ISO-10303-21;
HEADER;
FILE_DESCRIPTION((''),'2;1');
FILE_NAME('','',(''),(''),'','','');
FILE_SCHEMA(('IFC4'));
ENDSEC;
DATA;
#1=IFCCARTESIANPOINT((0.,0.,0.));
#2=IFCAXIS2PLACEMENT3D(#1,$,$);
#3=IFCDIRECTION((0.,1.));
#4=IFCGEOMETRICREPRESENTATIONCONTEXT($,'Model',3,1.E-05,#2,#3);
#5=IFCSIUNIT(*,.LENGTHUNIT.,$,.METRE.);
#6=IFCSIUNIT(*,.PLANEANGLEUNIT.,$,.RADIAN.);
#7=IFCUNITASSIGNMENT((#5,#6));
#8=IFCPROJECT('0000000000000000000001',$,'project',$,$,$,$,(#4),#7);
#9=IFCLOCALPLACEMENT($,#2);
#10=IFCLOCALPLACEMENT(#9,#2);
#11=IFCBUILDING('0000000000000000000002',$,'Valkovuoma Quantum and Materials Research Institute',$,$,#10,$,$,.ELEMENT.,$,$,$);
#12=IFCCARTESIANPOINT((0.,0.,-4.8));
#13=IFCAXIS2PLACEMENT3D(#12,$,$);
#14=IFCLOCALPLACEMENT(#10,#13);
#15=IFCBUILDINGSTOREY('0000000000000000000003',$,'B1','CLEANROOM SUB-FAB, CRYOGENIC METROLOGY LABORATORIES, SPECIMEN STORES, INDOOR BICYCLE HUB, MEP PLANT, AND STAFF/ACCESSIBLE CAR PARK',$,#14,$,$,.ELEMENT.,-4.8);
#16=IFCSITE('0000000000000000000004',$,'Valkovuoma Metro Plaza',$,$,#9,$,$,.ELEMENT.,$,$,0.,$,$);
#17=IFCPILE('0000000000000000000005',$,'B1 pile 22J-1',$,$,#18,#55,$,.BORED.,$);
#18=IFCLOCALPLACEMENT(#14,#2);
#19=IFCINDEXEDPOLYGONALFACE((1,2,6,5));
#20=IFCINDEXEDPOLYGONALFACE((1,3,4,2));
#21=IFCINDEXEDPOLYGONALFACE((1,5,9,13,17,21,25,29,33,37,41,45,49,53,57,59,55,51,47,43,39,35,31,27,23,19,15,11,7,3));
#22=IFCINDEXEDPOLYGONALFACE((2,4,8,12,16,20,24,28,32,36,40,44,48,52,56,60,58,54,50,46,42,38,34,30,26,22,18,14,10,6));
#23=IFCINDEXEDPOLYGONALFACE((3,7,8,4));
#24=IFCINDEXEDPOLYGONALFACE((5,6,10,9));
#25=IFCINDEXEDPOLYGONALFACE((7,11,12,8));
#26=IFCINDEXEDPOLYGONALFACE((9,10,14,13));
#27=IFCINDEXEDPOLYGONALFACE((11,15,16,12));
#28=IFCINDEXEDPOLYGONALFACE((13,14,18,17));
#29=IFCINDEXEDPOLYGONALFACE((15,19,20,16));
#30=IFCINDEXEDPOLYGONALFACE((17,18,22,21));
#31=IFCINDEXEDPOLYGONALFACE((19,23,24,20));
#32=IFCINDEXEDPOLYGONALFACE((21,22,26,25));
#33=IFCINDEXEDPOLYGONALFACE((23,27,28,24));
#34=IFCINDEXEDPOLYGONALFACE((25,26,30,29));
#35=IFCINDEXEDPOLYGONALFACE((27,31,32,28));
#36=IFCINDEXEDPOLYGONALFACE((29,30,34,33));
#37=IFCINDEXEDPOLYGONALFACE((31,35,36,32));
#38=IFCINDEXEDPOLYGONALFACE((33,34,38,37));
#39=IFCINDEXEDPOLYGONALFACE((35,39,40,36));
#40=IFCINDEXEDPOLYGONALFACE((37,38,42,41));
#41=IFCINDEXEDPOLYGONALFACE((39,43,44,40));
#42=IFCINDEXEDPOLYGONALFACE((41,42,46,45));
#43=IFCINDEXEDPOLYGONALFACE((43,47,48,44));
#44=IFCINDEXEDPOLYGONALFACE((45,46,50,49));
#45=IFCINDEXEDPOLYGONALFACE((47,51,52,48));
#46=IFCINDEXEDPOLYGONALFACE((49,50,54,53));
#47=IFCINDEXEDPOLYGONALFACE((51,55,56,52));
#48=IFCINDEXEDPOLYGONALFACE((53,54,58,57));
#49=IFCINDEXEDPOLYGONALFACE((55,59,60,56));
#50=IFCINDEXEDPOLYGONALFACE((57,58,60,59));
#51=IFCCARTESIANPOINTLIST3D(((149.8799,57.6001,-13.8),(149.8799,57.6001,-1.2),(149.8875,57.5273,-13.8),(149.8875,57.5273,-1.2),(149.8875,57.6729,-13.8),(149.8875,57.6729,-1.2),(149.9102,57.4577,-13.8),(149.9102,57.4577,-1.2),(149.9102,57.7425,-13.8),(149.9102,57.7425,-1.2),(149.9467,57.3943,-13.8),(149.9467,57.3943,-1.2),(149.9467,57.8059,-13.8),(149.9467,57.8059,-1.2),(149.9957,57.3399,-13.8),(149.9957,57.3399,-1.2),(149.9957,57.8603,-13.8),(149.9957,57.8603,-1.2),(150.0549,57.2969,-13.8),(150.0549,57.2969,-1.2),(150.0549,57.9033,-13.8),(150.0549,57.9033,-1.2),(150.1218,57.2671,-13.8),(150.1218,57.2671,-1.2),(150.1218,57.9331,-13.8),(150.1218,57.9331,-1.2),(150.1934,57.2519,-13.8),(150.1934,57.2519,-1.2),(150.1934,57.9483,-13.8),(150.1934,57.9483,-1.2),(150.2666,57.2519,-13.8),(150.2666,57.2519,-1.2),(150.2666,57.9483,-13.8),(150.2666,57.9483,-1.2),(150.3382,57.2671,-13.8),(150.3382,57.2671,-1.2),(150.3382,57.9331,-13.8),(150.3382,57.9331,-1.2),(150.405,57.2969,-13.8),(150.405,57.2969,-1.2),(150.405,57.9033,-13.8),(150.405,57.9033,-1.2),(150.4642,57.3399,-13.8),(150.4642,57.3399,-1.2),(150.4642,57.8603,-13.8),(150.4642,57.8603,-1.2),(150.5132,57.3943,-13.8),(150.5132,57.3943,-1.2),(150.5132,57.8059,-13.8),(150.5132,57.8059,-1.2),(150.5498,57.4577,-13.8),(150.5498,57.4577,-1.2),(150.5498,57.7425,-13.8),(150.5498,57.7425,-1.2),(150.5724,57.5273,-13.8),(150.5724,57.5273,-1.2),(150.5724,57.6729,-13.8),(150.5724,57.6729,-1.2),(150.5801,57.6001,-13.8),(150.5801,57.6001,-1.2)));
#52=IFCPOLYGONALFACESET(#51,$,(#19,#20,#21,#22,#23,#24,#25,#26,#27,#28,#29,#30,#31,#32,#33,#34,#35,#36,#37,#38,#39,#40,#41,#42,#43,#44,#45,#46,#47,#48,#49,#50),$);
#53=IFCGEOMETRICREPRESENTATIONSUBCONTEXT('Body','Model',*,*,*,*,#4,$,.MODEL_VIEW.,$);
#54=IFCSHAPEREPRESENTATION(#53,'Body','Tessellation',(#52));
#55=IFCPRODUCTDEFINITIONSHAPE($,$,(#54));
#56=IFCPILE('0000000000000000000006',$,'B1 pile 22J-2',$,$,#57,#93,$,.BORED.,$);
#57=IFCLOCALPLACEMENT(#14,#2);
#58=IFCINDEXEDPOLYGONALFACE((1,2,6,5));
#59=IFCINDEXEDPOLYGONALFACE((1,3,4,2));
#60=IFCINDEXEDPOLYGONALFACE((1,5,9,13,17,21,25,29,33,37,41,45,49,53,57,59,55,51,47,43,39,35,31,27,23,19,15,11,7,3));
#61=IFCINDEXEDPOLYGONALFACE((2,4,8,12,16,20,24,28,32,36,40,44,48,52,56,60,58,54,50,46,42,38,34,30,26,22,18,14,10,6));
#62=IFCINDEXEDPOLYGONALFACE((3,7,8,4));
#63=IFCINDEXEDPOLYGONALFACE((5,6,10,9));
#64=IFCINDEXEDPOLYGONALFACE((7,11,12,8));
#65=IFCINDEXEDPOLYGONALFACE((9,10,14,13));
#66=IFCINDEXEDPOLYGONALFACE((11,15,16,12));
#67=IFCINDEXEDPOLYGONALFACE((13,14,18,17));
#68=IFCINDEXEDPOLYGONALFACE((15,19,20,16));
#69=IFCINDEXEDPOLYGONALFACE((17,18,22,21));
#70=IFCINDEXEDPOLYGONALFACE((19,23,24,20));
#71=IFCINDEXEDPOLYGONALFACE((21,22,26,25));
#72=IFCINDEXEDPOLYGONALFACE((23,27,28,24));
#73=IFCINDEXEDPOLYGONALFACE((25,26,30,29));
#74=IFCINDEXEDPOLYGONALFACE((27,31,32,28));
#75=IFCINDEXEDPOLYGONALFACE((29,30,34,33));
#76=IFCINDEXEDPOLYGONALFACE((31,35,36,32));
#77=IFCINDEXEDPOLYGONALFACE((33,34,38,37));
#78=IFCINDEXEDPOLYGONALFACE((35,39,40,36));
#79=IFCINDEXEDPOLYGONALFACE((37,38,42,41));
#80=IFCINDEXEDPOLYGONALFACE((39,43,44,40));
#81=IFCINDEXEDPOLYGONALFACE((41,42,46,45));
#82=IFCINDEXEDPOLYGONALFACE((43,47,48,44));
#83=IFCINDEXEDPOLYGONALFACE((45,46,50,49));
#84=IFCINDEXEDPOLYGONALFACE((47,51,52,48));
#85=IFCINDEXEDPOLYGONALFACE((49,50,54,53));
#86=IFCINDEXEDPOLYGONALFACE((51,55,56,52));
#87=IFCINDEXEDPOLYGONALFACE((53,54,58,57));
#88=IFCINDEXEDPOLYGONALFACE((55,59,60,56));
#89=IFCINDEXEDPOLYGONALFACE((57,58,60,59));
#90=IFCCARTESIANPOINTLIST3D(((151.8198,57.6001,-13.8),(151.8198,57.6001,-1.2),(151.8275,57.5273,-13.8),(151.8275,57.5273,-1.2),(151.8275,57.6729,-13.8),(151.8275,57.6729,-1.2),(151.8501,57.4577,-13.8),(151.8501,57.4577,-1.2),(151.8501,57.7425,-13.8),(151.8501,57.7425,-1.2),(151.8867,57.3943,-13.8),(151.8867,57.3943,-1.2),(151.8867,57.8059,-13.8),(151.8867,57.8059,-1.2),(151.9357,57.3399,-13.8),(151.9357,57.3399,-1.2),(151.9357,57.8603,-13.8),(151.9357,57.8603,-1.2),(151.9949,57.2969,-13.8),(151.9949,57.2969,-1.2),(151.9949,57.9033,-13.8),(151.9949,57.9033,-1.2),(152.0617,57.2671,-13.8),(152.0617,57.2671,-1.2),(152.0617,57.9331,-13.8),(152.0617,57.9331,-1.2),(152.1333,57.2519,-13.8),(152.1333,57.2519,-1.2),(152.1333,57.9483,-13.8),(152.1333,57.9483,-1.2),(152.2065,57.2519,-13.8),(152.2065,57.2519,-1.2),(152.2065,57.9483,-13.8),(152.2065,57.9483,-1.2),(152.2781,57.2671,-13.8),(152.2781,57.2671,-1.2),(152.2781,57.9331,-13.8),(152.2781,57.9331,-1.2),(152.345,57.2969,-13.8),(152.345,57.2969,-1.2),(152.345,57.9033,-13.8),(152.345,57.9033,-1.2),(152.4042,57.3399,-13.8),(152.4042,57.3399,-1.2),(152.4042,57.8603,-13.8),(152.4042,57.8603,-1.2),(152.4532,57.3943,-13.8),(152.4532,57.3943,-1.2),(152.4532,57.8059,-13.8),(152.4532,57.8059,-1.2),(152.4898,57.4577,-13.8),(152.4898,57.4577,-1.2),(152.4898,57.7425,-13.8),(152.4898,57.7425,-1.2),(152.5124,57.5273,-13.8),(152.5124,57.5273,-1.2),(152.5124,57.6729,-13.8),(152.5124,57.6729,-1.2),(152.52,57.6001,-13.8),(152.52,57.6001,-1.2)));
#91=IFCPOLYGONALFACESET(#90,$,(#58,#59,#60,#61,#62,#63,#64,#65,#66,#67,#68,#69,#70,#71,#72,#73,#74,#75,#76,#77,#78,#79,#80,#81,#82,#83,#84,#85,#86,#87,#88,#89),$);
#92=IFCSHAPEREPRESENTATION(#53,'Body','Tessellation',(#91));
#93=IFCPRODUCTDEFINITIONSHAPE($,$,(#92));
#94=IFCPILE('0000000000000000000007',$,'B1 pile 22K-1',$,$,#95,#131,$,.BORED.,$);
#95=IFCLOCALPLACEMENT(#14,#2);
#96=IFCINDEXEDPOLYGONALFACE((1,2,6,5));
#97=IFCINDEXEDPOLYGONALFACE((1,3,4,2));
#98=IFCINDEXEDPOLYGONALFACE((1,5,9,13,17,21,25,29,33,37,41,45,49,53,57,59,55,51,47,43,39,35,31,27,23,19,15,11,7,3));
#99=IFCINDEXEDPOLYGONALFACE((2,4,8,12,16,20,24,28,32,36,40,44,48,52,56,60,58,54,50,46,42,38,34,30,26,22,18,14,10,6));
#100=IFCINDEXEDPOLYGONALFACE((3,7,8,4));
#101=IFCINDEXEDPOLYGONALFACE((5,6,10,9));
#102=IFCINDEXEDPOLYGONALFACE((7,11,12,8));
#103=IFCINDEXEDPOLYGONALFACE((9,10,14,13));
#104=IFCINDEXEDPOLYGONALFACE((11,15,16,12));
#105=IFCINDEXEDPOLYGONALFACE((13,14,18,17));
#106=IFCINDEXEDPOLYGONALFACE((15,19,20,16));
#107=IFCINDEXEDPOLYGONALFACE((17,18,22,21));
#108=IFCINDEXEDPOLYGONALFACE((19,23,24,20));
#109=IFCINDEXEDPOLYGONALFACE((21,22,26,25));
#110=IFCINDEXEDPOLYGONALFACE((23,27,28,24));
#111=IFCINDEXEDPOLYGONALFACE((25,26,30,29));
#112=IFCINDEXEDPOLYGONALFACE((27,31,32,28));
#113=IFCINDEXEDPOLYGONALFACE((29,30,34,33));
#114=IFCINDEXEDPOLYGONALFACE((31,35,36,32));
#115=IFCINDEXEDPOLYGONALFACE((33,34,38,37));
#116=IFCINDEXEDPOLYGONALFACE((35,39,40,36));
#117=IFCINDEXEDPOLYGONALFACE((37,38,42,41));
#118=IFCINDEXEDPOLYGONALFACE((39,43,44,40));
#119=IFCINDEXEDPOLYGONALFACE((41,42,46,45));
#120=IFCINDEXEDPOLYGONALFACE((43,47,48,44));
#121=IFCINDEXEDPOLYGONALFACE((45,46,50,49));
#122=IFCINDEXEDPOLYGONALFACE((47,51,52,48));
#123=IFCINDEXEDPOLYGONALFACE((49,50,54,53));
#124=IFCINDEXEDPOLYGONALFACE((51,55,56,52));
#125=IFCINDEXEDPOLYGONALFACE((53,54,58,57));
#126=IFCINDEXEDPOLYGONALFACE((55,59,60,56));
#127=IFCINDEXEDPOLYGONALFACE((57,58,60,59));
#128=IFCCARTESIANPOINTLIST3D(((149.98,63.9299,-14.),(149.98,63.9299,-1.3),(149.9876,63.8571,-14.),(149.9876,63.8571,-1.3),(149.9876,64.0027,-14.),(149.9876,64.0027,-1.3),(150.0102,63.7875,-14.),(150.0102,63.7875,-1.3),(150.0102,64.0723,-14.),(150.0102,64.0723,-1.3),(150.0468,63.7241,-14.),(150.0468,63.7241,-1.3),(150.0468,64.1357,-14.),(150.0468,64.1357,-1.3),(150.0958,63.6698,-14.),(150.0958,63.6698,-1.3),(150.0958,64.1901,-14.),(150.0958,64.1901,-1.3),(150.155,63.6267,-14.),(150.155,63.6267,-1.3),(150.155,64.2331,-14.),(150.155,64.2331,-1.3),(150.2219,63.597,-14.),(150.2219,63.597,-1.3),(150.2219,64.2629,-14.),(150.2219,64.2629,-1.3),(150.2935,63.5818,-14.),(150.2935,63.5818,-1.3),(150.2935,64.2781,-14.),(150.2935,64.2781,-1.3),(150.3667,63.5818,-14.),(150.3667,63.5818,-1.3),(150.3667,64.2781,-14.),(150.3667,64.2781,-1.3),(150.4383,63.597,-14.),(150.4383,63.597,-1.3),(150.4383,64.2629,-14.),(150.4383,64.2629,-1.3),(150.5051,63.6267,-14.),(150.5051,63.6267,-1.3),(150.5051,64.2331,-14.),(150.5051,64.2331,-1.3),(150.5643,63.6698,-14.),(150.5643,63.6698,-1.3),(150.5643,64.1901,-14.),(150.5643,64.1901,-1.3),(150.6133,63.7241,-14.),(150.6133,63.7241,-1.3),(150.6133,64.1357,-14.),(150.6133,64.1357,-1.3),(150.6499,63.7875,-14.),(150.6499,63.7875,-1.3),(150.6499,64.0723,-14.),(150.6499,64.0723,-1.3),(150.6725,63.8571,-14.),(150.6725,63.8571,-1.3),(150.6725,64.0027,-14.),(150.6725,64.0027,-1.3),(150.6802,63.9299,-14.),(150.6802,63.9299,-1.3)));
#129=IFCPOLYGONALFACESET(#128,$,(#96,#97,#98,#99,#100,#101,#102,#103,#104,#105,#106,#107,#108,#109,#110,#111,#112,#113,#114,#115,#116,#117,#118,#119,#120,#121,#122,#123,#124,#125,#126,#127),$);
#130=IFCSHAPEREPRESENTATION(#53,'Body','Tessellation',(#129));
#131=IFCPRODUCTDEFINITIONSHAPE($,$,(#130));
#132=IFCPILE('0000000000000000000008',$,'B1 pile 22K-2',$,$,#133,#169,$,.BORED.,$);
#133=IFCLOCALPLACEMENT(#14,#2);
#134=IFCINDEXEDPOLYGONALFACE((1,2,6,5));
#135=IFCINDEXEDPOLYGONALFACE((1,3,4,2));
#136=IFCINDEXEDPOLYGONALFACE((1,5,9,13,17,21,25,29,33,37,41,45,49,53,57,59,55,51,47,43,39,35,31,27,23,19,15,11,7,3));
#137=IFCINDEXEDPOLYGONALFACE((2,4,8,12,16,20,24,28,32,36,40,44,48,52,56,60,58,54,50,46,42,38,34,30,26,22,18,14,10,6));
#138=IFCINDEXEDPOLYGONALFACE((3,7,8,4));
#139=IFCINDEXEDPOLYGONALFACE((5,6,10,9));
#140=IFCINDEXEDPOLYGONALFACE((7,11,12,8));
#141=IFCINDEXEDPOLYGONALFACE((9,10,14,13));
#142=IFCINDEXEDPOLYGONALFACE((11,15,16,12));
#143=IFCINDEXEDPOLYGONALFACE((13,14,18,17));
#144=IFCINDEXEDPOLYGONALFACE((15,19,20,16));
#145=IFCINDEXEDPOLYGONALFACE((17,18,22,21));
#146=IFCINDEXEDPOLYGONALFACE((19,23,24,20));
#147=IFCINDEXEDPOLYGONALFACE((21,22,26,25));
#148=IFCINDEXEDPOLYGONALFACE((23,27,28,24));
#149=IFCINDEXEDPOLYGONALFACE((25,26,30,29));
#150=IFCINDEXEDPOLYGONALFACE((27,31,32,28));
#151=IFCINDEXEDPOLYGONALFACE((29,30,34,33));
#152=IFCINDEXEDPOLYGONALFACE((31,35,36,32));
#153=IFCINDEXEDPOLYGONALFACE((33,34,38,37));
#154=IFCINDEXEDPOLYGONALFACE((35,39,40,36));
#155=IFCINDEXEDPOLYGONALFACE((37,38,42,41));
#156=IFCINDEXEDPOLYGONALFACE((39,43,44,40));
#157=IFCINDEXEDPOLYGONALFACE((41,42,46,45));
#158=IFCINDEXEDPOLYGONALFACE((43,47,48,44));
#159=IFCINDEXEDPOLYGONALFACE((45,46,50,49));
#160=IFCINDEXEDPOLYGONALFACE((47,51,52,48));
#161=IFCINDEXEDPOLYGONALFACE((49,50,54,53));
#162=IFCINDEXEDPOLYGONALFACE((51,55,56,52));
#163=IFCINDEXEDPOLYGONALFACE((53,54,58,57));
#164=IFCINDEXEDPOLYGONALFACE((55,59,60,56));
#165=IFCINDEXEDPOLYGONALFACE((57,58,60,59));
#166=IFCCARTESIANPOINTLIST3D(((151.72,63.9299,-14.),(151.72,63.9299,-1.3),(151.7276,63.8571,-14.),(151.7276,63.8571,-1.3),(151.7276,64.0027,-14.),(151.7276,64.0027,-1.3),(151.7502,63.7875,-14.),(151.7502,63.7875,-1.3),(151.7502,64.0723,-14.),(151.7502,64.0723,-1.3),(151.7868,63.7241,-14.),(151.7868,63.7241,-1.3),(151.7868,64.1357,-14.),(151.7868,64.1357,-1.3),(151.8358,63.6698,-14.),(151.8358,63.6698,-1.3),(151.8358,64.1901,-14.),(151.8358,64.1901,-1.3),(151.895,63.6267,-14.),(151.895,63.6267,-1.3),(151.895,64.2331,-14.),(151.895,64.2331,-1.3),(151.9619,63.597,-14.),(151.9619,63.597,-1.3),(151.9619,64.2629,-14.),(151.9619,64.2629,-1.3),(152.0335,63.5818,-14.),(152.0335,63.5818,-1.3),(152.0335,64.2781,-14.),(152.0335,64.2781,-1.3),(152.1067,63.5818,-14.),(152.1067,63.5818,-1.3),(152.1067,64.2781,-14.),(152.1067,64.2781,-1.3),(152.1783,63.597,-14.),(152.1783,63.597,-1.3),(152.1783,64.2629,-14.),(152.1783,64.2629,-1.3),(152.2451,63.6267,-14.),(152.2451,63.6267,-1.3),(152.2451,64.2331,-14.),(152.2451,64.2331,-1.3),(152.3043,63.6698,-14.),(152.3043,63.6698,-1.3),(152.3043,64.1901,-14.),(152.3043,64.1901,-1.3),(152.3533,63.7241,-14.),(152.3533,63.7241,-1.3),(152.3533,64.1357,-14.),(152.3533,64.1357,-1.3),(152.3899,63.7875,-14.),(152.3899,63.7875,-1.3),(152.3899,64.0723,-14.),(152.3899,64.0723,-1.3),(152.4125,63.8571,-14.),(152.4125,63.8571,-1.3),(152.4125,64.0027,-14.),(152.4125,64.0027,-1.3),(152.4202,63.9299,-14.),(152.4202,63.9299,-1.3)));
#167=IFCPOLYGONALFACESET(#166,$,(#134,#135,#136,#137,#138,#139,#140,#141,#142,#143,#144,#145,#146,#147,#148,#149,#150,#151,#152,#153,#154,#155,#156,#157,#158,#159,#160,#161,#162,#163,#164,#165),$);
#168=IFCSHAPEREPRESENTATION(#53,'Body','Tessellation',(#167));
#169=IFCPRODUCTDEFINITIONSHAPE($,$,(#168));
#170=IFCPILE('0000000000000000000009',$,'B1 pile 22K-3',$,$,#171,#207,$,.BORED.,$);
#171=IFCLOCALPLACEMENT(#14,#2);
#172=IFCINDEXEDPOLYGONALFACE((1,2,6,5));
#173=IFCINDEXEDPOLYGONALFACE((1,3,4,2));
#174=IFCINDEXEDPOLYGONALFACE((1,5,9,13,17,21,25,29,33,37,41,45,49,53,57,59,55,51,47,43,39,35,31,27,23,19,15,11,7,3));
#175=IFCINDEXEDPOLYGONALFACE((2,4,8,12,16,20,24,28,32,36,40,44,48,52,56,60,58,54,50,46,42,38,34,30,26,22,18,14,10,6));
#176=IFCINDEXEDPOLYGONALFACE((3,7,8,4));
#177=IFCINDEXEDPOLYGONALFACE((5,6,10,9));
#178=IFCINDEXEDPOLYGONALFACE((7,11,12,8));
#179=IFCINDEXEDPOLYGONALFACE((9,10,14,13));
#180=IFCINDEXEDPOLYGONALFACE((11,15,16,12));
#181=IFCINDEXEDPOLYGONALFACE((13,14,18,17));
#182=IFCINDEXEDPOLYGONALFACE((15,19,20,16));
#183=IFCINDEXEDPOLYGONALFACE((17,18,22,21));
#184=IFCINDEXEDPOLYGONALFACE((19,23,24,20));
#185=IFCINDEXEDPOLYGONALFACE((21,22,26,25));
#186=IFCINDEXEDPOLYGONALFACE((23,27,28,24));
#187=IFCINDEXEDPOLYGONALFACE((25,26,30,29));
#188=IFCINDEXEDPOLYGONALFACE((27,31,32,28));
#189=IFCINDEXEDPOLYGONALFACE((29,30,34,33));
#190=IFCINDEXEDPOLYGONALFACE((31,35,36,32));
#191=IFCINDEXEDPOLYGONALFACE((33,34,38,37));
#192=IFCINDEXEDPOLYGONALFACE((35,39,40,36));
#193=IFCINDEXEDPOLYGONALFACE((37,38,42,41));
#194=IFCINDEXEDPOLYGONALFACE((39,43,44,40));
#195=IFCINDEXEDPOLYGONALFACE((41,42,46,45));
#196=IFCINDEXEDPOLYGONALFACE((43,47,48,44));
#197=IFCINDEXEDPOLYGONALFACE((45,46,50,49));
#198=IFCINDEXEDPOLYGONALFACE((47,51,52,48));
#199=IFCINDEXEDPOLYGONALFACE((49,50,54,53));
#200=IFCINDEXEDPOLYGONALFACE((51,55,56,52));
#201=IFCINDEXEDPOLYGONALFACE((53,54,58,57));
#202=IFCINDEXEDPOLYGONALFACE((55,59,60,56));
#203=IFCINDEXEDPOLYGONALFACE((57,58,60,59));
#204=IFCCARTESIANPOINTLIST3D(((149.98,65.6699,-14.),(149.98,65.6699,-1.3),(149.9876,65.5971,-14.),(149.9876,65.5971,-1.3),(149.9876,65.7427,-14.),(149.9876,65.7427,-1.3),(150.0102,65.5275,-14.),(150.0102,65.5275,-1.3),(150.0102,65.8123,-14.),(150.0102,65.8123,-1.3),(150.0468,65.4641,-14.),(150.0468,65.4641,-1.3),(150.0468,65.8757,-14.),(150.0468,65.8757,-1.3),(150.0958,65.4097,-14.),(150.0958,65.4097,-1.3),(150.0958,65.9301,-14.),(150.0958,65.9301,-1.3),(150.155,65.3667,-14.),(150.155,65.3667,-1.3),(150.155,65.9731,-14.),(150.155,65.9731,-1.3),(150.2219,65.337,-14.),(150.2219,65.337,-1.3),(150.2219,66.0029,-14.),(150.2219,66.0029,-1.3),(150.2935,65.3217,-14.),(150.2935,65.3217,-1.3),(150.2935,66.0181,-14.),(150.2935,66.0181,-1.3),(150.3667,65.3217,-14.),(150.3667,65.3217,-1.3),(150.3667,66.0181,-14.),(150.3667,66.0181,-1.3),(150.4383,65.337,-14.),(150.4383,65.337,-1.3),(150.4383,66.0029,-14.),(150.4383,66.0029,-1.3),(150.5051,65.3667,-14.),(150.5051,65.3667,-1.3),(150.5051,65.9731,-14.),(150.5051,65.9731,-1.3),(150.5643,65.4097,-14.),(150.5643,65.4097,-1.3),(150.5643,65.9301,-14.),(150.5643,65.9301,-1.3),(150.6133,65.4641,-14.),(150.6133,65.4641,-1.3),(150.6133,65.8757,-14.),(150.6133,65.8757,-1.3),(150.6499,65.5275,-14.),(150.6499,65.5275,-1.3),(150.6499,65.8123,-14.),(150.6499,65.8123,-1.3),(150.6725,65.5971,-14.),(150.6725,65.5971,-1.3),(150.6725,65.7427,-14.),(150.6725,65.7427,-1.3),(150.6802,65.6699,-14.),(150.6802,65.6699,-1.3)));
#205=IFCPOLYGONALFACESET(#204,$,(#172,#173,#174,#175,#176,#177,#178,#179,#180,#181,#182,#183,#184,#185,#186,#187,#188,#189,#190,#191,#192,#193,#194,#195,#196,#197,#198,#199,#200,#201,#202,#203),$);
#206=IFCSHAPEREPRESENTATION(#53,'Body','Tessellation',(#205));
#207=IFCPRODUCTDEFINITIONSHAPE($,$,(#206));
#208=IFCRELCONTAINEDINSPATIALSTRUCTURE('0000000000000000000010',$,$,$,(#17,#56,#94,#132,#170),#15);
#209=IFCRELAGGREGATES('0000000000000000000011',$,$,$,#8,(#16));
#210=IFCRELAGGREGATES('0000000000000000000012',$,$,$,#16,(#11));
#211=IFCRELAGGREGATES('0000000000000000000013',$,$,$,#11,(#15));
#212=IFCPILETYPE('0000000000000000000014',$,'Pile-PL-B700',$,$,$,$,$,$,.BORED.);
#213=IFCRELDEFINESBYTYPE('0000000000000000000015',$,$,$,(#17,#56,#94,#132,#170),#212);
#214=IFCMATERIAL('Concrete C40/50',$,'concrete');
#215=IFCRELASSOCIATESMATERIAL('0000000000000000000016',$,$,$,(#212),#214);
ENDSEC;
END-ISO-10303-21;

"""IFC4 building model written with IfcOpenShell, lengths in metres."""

from ifc_helpers import new_model, si_unit, direction, frame, origin, origin_2d, place, context, subcontext, project, spatial, circle, extrude, material, material_profile, profile_set, type_object, element, save


model = new_model("IFC4")

# Units and contexts
model_context = context("Model", 3, precision=1e-05, world=origin(), true_north=direction((0.0, 1.0)))
body_context = subcontext(model_context, "Body", "Model", "MODEL_VIEW")
ifc_project = project(units=[si_unit("LENGTHUNIT", "METRE"), si_unit("PLANEANGLEUNIT", "RADIAN")], contexts=[model_context])

# Site, building, storey
site_placement = place(None, origin())
site = spatial("IfcSite", under=ifc_project, at=site_placement, Name="Valkovuoma Metro Plaza", CompositionType="ELEMENT", RefElevation=0.0)
building_placement = place(site_placement, origin())
building = spatial("IfcBuilding", under=site, at=building_placement, Name="Valkovuoma Quantum and Materials Research Institute", CompositionType="ELEMENT")
storey_placement = place(building_placement, frame((0.0, 0.0, -4.8)))
storey = spatial("IfcBuildingStorey", under=building, at=storey_placement, Name="B1", Description="CLEANROOM SUB-FAB, CRYOGENIC METROLOGY LABORATORIES, SPECIMEN STORES, INDOOR BICYCLE HUB, MEP PLANT, AND STAFF/ACCESSIBLE CAR PARK", CompositionType="ELEMENT", Elevation=-4.8)

# Piles
ifc_material_1 = material(Name="Concrete C40/50", Category="concrete")
ifc_material_profile_1 = material_profile(ifc_material_1, circle(Radius=0.3501, at=origin_2d()), Name="Concrete C40/50")
ifc_profile_set_1 = profile_set([ifc_material_profile_1], Name="Concrete C40/50")
pile_type_1 = type_object("IfcPileType", Name="Pile-PL-B700", PredefinedType="BORED", material=ifc_profile_set_1)
for number, where, z_axis, x_axis, name in (
    (1, (150.23, 57.6001, -1.2), (0.0, 0.0, -1.0), (1.0, 0.0, 0.0), "B1 pile 22J-1"),
    (2, (152.1699, 57.6001, -1.2), (0.0, 0.0, -1.0), (1.0, 0.0, 0.0), "B1 pile 22J-2"),
):
    element("IfcPile", number, at=place(storey_placement, frame(where, z_axis=z_axis, x_axis=x_axis)), inside=storey, type_object=pile_type_1, Name=name, PredefinedType="BORED", context=body_context, shape_type="SweptSolid", body=[
        extrude(circle(Radius=0.3501, at=origin_2d()), origin(), (0.0, 0.0, 1.0), 12.6001),
    ])
for number, where, z_axis, x_axis, name in (
    (3, (150.3301, 63.9299, -1.3), (0.0, 0.0, -1.0), (1.0, 0.0, 0.0), "B1 pile 22K-1"),
    (4, (152.0701, 63.9299, -1.3), (0.0, 0.0, -1.0), (1.0, 0.0, 0.0), "B1 pile 22K-2"),
    (5, (150.3301, 65.6699, -1.3), (0.0, 0.0, -1.0), (1.0, 0.0, 0.0), "B1 pile 22K-3"),
):
    element("IfcPile", number, at=place(storey_placement, frame(where, z_axis=z_axis, x_axis=x_axis)), inside=storey, type_object=pile_type_1, Name=name, PredefinedType="BORED", context=body_context, shape_type="SweptSolid", body=[
        extrude(circle(Radius=0.3501, at=origin_2d()), origin(), (0.0, 0.0, 1.0), 12.7),
    ])

save(model, "model.ifc")
